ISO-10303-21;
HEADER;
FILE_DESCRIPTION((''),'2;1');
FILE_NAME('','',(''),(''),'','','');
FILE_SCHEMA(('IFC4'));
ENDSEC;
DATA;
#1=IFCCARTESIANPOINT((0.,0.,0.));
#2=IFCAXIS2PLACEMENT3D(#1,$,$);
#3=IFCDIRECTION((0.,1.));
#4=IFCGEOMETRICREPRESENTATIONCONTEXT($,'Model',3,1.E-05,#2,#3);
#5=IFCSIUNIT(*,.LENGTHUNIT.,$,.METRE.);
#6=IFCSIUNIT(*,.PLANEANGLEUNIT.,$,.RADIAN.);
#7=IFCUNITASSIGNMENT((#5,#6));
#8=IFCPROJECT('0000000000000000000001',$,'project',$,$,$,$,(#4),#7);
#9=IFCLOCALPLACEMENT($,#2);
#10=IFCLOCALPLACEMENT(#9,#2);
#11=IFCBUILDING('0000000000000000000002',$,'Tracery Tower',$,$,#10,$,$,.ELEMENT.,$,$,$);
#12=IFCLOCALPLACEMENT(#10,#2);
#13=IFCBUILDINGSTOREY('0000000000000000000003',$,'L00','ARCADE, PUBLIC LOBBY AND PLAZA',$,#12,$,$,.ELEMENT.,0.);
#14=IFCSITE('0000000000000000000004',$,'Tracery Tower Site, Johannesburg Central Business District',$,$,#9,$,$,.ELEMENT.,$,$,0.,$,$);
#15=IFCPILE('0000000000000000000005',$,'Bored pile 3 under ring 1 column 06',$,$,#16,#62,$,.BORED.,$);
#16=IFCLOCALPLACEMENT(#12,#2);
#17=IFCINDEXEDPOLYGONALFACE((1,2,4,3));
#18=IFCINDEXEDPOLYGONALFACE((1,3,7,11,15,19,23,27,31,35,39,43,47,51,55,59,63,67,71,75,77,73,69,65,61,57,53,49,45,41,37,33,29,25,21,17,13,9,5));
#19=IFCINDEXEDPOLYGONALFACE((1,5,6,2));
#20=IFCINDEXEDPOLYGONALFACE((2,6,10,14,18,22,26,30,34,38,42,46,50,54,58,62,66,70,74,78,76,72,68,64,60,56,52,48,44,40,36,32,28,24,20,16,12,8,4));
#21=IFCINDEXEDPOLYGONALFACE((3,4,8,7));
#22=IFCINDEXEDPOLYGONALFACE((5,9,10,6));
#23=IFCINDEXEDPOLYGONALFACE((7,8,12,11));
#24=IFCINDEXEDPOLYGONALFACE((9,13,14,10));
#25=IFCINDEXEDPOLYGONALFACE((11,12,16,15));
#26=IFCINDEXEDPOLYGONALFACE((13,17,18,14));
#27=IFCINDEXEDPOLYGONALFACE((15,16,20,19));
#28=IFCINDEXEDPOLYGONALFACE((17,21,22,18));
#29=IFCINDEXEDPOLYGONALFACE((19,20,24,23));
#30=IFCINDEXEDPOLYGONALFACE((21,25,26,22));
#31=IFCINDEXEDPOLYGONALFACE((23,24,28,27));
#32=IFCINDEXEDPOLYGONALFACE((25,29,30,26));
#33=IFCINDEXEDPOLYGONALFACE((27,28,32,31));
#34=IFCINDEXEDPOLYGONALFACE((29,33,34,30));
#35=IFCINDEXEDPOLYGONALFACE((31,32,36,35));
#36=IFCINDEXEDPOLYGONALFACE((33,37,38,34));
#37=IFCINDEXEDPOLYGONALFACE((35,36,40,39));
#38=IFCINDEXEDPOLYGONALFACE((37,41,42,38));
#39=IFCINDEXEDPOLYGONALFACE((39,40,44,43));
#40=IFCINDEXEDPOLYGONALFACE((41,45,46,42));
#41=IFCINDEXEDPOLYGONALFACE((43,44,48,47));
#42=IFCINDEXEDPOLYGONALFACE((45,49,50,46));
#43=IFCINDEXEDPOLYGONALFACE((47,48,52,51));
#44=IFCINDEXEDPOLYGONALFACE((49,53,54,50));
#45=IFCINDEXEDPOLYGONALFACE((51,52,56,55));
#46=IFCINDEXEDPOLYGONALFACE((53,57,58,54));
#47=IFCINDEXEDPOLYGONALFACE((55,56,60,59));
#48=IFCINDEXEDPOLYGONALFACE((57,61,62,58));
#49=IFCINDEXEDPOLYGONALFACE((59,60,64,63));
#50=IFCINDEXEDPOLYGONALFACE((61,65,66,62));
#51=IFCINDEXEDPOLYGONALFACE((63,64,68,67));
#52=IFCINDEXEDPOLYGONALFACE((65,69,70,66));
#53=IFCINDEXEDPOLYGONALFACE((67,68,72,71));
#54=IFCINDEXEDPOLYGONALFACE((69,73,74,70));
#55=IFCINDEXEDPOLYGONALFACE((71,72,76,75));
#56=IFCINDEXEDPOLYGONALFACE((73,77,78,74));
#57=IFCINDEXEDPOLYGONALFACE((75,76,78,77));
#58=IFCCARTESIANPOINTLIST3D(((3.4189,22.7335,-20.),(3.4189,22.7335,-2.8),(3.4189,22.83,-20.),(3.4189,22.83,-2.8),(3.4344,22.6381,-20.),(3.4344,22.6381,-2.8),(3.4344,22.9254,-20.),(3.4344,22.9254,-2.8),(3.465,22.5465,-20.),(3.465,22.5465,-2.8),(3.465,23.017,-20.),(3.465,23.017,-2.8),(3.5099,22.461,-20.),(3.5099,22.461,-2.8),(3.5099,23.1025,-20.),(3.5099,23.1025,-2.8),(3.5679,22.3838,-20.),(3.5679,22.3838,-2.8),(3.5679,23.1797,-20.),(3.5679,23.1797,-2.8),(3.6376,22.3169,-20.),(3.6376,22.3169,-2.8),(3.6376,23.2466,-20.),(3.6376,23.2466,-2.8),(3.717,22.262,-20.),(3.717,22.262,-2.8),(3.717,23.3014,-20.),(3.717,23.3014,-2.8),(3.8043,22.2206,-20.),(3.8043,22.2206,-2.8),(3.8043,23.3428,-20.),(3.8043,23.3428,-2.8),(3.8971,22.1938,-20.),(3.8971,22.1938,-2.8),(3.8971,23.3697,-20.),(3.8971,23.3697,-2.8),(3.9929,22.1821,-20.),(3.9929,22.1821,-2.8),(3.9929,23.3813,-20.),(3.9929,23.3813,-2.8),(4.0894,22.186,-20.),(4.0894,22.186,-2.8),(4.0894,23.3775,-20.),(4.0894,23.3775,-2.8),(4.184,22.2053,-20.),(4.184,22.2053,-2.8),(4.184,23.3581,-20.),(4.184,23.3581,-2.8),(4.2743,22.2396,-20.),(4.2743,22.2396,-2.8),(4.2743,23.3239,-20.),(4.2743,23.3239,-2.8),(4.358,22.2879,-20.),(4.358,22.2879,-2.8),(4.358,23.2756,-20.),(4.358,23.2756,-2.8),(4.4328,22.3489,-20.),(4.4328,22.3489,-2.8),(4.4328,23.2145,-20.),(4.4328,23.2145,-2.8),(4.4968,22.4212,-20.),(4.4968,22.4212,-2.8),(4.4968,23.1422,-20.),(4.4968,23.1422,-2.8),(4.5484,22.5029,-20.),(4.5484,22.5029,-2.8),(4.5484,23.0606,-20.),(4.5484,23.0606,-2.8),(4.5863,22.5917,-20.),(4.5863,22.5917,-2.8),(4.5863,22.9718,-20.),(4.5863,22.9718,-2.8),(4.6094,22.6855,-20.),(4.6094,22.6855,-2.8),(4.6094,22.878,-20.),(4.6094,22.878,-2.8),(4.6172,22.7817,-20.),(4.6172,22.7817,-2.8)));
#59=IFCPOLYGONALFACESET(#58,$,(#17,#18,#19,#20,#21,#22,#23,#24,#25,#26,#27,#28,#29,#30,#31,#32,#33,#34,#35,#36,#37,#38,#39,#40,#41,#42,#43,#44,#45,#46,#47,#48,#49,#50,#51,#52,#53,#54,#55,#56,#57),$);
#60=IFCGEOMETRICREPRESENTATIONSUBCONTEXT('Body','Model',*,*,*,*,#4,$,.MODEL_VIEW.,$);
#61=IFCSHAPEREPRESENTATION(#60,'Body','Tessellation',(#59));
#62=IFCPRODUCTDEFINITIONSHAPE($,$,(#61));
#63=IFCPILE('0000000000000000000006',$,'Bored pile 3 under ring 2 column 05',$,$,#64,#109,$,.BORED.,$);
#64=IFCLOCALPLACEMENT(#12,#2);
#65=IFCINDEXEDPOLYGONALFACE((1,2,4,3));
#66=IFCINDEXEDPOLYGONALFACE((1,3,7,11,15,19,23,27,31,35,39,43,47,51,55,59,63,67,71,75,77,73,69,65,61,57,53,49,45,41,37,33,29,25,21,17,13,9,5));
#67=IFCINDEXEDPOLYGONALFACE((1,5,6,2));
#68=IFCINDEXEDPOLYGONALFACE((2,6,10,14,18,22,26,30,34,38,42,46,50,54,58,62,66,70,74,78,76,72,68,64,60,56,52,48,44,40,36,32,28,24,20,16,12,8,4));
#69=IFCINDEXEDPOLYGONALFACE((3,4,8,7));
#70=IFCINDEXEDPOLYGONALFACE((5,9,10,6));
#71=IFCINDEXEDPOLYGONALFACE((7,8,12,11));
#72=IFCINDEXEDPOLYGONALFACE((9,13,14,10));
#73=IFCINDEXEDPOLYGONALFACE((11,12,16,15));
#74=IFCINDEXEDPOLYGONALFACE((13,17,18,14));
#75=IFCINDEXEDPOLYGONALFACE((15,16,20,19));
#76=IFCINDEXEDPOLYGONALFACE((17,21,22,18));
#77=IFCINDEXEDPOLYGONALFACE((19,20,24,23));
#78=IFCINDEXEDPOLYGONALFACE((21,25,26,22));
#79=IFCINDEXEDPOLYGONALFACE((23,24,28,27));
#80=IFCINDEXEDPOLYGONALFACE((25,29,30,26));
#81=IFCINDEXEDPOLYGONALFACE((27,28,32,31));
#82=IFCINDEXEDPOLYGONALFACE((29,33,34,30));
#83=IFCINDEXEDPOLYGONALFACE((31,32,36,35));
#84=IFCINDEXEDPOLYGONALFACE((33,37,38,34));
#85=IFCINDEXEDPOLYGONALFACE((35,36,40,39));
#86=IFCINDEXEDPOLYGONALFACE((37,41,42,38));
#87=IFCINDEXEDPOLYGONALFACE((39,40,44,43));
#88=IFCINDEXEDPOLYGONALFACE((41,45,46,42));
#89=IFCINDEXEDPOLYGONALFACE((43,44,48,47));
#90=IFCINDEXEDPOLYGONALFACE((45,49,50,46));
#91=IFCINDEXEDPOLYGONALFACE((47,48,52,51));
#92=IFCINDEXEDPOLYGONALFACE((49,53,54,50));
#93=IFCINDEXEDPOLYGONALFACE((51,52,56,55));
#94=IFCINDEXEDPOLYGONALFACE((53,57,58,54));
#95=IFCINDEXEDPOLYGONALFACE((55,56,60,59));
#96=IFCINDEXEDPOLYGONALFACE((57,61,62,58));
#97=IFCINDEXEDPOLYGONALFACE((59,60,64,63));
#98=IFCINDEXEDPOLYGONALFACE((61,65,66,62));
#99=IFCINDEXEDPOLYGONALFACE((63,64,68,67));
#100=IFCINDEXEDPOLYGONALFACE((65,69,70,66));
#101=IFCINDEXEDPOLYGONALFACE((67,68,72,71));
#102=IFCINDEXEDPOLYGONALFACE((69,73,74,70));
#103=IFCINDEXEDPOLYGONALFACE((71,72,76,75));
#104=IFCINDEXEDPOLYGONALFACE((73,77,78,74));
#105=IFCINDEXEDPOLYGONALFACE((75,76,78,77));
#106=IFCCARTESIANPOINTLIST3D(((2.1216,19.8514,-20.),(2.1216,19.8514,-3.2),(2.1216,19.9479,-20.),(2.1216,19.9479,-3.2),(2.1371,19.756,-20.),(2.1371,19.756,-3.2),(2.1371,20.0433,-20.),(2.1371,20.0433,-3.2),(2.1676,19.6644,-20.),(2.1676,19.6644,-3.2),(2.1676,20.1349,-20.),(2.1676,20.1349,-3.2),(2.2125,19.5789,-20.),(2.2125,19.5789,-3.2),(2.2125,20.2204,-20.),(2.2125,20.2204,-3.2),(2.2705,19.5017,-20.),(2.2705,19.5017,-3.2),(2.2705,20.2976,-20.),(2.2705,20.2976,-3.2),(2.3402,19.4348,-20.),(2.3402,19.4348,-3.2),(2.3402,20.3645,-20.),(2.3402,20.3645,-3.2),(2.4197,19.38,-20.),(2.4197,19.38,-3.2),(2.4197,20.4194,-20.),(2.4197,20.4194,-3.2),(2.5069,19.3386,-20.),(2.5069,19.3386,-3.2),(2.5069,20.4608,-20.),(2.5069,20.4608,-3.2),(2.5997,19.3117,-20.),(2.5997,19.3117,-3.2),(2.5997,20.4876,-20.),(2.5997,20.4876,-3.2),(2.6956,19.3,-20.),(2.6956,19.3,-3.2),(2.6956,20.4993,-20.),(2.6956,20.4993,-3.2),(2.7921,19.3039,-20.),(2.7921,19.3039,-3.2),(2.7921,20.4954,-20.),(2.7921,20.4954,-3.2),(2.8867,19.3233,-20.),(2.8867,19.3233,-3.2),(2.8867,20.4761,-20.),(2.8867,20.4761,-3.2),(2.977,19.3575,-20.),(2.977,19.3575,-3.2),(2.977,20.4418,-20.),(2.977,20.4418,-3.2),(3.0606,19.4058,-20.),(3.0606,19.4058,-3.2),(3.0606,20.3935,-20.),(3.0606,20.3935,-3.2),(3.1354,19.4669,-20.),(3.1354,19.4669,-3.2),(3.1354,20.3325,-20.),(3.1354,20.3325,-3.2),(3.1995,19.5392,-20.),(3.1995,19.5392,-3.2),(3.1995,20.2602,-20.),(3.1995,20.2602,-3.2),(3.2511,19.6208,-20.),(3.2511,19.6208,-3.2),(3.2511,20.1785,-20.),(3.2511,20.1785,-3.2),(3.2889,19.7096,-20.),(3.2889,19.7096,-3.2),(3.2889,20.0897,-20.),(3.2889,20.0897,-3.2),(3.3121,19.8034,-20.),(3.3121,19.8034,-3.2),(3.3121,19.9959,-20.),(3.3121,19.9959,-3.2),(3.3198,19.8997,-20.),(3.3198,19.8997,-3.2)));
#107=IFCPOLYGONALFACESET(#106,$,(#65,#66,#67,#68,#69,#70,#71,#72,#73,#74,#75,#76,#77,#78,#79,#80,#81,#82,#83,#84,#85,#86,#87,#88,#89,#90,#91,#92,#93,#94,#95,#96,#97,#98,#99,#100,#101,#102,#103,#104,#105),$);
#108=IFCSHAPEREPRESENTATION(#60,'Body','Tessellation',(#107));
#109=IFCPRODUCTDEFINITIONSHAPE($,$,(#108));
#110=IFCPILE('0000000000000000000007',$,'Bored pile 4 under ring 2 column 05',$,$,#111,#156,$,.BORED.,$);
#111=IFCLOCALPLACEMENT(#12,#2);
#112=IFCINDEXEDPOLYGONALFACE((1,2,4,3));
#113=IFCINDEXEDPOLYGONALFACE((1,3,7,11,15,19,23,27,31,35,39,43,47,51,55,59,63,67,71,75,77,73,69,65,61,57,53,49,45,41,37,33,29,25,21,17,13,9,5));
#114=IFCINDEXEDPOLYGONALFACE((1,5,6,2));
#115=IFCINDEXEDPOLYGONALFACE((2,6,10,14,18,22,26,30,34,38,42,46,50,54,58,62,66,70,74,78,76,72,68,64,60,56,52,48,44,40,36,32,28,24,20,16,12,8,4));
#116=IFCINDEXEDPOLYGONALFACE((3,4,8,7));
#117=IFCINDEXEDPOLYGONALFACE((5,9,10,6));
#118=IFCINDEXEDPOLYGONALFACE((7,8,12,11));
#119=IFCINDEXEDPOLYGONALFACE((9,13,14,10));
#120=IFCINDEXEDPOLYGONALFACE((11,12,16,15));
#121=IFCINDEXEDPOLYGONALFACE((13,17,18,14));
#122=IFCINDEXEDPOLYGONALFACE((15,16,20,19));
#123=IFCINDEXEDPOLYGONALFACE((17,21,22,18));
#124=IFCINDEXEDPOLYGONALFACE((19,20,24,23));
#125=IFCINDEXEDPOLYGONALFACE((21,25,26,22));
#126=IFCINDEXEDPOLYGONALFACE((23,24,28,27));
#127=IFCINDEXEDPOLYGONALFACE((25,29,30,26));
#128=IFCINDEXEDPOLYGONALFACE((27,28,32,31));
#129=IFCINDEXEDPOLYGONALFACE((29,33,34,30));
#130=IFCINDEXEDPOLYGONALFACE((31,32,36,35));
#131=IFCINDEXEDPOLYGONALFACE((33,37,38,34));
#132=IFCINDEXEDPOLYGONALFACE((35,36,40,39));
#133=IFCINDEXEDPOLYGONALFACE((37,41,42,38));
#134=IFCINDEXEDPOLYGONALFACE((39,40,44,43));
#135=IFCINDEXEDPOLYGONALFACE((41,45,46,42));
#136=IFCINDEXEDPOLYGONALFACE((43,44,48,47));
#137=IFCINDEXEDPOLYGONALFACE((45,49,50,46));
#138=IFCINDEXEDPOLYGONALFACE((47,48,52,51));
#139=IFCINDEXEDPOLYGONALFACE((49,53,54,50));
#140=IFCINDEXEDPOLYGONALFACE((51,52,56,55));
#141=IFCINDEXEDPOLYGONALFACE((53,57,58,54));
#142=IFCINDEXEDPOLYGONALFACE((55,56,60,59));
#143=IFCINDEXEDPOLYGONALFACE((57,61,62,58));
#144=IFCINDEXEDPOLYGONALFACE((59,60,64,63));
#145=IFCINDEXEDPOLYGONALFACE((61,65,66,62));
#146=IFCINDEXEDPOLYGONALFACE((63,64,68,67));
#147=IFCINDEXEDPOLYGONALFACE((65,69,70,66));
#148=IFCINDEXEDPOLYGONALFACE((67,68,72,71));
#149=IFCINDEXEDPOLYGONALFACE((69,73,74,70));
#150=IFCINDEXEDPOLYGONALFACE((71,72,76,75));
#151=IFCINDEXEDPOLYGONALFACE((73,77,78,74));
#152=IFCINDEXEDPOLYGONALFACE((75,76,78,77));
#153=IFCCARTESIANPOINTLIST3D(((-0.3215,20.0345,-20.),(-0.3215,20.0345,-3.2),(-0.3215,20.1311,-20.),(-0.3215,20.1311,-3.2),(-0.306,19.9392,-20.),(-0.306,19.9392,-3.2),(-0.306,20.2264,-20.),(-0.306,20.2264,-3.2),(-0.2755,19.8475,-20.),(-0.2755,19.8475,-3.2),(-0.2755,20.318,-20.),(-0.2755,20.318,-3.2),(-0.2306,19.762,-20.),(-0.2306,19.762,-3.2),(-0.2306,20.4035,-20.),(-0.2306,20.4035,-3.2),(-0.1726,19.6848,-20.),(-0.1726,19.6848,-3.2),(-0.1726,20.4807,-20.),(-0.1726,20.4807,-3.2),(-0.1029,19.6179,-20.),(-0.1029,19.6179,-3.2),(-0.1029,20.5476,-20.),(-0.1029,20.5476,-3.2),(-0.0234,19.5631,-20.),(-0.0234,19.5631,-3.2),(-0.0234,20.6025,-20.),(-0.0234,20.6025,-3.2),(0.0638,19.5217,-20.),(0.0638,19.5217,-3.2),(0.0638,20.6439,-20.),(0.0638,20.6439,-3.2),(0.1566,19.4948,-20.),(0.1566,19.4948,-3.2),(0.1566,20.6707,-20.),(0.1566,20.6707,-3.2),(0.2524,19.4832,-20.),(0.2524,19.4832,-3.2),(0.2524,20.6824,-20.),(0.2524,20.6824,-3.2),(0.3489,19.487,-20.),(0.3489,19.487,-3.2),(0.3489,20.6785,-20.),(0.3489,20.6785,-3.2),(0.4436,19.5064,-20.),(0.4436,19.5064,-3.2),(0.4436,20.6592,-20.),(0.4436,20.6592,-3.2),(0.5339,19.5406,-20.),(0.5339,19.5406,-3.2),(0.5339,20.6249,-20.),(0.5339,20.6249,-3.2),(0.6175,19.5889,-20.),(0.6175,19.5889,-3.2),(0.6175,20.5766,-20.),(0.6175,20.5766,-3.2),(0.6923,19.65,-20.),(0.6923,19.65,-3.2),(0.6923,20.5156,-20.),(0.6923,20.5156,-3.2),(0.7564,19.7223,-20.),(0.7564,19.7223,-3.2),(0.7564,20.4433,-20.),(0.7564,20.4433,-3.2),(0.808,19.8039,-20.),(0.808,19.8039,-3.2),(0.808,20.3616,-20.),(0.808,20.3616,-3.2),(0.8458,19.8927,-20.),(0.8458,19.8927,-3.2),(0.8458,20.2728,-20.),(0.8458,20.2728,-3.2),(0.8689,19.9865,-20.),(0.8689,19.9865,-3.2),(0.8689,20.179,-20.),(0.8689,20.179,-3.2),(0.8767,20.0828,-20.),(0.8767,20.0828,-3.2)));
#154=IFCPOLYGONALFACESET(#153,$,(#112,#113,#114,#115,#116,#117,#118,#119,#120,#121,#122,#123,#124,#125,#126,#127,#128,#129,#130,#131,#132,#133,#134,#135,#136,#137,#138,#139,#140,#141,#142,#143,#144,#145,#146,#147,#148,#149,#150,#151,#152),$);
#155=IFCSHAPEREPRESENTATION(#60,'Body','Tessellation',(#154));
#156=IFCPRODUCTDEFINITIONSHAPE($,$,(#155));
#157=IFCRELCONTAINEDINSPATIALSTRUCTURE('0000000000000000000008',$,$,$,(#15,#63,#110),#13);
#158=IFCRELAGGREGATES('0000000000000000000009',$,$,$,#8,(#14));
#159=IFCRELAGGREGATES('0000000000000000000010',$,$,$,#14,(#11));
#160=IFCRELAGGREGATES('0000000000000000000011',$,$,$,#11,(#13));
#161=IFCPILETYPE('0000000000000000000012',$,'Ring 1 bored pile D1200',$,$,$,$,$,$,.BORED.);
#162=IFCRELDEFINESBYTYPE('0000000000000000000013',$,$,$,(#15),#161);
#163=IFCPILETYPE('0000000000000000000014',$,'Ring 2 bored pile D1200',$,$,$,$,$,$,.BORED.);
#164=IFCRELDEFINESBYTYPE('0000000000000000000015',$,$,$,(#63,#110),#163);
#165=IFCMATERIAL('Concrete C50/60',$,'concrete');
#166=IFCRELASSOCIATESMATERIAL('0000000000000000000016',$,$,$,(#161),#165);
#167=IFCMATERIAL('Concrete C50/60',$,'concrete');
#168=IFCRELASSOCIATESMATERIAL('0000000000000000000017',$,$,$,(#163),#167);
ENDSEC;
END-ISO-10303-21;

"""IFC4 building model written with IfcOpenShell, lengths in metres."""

from ifc_helpers import new_model, si_unit, direction, frame, origin, origin_2d, place, context, subcontext, project, spatial, circle, extrude, material, material_profile, profile_set, type_object, element, save


model = new_model("IFC4")

# Units and contexts
model_context = context("Model", 3, precision=1e-05, world=origin(), true_north=direction((0.0, 1.0)))
body_context = subcontext(model_context, "Body", "Model", "MODEL_VIEW")
ifc_project = project(units=[si_unit("LENGTHUNIT", "METRE"), si_unit("PLANEANGLEUNIT", "RADIAN")], contexts=[model_context])

# Site, building, storey
site_placement = place(None, origin())
site = spatial("IfcSite", under=ifc_project, at=site_placement, Name="Tracery Tower Site, Johannesburg Central Business District", CompositionType="ELEMENT", RefElevation=0.0)
building_placement = place(site_placement, origin())
building = spatial("IfcBuilding", under=site, at=building_placement, Name="Tracery Tower", CompositionType="ELEMENT")
storey_placement = place(building_placement, origin())
storey = spatial("IfcBuildingStorey", under=building, at=storey_placement, Name="L00", Description="ARCADE, PUBLIC LOBBY AND PLAZA", CompositionType="ELEMENT", Elevation=0.0)

# Piles
ifc_material_1 = material(Name="Concrete C50/60", Category="concrete")
ifc_material_profile_1 = material_profile(ifc_material_1, circle(Radius=0.6001, at=origin_2d()), Name="RC D1200")
ifc_profile_set_1 = profile_set([ifc_material_profile_1], Name="Concrete C50/60")
pile_type_1 = type_object("IfcPileType", Name="Ring 1 bored pile D1200", PredefinedType="BORED", material=ifc_profile_set_1)
for number, where, z_axis, x_axis, name in (
    (1, (4.0171, 22.7817, -2.8), (0.0, 0.0, -1.0), (1.0, 0.0, 0.0), "Bored pile 3 under ring 1 column 06"),
):
    element("IfcPile", number, at=place(storey_placement, frame(where, z_axis=z_axis, x_axis=x_axis)), inside=storey, type_object=pile_type_1, Name=name, PredefinedType="BORED", context=body_context, shape_type="SweptSolid", body=[
        extrude(circle(Radius=0.6001, at=origin_2d()), origin(), (0.0, 0.0, 1.0), 17.2),
    ])
ifc_material_2 = material(Name="Concrete C50/60", Category="concrete")
ifc_material_profile_2 = material_profile(ifc_material_2, circle(Radius=0.6001, at=origin_2d()), Name="RC D1200")
ifc_profile_set_2 = profile_set([ifc_material_profile_2], Name="Concrete C50/60")
pile_type_2 = type_object("IfcPileType", Name="Ring 2 bored pile D1200", PredefinedType="BORED", material=ifc_profile_set_2)
for number, where, z_axis, x_axis, name in (
    (2, (2.7197, 19.8997, -3.2), (0.0, 0.0, -1.0), (1.0, 0.0, 0.0), "Bored pile 3 under ring 2 column 05"),
    (3, (0.2766, 20.0828, -3.2), (0.0, 0.0, -1.0), (1.0, 0.0, 0.0), "Bored pile 4 under ring 2 column 05"),
):
    element("IfcPile", number, at=place(storey_placement, frame(where, z_axis=z_axis, x_axis=x_axis)), inside=storey, type_object=pile_type_2, Name=name, PredefinedType="BORED", context=body_context, shape_type="SweptSolid", body=[
        extrude(circle(Radius=0.6001, at=origin_2d()), origin(), (0.0, 0.0, 1.0), 16.8),
    ])

save(model, "model.ifc")
